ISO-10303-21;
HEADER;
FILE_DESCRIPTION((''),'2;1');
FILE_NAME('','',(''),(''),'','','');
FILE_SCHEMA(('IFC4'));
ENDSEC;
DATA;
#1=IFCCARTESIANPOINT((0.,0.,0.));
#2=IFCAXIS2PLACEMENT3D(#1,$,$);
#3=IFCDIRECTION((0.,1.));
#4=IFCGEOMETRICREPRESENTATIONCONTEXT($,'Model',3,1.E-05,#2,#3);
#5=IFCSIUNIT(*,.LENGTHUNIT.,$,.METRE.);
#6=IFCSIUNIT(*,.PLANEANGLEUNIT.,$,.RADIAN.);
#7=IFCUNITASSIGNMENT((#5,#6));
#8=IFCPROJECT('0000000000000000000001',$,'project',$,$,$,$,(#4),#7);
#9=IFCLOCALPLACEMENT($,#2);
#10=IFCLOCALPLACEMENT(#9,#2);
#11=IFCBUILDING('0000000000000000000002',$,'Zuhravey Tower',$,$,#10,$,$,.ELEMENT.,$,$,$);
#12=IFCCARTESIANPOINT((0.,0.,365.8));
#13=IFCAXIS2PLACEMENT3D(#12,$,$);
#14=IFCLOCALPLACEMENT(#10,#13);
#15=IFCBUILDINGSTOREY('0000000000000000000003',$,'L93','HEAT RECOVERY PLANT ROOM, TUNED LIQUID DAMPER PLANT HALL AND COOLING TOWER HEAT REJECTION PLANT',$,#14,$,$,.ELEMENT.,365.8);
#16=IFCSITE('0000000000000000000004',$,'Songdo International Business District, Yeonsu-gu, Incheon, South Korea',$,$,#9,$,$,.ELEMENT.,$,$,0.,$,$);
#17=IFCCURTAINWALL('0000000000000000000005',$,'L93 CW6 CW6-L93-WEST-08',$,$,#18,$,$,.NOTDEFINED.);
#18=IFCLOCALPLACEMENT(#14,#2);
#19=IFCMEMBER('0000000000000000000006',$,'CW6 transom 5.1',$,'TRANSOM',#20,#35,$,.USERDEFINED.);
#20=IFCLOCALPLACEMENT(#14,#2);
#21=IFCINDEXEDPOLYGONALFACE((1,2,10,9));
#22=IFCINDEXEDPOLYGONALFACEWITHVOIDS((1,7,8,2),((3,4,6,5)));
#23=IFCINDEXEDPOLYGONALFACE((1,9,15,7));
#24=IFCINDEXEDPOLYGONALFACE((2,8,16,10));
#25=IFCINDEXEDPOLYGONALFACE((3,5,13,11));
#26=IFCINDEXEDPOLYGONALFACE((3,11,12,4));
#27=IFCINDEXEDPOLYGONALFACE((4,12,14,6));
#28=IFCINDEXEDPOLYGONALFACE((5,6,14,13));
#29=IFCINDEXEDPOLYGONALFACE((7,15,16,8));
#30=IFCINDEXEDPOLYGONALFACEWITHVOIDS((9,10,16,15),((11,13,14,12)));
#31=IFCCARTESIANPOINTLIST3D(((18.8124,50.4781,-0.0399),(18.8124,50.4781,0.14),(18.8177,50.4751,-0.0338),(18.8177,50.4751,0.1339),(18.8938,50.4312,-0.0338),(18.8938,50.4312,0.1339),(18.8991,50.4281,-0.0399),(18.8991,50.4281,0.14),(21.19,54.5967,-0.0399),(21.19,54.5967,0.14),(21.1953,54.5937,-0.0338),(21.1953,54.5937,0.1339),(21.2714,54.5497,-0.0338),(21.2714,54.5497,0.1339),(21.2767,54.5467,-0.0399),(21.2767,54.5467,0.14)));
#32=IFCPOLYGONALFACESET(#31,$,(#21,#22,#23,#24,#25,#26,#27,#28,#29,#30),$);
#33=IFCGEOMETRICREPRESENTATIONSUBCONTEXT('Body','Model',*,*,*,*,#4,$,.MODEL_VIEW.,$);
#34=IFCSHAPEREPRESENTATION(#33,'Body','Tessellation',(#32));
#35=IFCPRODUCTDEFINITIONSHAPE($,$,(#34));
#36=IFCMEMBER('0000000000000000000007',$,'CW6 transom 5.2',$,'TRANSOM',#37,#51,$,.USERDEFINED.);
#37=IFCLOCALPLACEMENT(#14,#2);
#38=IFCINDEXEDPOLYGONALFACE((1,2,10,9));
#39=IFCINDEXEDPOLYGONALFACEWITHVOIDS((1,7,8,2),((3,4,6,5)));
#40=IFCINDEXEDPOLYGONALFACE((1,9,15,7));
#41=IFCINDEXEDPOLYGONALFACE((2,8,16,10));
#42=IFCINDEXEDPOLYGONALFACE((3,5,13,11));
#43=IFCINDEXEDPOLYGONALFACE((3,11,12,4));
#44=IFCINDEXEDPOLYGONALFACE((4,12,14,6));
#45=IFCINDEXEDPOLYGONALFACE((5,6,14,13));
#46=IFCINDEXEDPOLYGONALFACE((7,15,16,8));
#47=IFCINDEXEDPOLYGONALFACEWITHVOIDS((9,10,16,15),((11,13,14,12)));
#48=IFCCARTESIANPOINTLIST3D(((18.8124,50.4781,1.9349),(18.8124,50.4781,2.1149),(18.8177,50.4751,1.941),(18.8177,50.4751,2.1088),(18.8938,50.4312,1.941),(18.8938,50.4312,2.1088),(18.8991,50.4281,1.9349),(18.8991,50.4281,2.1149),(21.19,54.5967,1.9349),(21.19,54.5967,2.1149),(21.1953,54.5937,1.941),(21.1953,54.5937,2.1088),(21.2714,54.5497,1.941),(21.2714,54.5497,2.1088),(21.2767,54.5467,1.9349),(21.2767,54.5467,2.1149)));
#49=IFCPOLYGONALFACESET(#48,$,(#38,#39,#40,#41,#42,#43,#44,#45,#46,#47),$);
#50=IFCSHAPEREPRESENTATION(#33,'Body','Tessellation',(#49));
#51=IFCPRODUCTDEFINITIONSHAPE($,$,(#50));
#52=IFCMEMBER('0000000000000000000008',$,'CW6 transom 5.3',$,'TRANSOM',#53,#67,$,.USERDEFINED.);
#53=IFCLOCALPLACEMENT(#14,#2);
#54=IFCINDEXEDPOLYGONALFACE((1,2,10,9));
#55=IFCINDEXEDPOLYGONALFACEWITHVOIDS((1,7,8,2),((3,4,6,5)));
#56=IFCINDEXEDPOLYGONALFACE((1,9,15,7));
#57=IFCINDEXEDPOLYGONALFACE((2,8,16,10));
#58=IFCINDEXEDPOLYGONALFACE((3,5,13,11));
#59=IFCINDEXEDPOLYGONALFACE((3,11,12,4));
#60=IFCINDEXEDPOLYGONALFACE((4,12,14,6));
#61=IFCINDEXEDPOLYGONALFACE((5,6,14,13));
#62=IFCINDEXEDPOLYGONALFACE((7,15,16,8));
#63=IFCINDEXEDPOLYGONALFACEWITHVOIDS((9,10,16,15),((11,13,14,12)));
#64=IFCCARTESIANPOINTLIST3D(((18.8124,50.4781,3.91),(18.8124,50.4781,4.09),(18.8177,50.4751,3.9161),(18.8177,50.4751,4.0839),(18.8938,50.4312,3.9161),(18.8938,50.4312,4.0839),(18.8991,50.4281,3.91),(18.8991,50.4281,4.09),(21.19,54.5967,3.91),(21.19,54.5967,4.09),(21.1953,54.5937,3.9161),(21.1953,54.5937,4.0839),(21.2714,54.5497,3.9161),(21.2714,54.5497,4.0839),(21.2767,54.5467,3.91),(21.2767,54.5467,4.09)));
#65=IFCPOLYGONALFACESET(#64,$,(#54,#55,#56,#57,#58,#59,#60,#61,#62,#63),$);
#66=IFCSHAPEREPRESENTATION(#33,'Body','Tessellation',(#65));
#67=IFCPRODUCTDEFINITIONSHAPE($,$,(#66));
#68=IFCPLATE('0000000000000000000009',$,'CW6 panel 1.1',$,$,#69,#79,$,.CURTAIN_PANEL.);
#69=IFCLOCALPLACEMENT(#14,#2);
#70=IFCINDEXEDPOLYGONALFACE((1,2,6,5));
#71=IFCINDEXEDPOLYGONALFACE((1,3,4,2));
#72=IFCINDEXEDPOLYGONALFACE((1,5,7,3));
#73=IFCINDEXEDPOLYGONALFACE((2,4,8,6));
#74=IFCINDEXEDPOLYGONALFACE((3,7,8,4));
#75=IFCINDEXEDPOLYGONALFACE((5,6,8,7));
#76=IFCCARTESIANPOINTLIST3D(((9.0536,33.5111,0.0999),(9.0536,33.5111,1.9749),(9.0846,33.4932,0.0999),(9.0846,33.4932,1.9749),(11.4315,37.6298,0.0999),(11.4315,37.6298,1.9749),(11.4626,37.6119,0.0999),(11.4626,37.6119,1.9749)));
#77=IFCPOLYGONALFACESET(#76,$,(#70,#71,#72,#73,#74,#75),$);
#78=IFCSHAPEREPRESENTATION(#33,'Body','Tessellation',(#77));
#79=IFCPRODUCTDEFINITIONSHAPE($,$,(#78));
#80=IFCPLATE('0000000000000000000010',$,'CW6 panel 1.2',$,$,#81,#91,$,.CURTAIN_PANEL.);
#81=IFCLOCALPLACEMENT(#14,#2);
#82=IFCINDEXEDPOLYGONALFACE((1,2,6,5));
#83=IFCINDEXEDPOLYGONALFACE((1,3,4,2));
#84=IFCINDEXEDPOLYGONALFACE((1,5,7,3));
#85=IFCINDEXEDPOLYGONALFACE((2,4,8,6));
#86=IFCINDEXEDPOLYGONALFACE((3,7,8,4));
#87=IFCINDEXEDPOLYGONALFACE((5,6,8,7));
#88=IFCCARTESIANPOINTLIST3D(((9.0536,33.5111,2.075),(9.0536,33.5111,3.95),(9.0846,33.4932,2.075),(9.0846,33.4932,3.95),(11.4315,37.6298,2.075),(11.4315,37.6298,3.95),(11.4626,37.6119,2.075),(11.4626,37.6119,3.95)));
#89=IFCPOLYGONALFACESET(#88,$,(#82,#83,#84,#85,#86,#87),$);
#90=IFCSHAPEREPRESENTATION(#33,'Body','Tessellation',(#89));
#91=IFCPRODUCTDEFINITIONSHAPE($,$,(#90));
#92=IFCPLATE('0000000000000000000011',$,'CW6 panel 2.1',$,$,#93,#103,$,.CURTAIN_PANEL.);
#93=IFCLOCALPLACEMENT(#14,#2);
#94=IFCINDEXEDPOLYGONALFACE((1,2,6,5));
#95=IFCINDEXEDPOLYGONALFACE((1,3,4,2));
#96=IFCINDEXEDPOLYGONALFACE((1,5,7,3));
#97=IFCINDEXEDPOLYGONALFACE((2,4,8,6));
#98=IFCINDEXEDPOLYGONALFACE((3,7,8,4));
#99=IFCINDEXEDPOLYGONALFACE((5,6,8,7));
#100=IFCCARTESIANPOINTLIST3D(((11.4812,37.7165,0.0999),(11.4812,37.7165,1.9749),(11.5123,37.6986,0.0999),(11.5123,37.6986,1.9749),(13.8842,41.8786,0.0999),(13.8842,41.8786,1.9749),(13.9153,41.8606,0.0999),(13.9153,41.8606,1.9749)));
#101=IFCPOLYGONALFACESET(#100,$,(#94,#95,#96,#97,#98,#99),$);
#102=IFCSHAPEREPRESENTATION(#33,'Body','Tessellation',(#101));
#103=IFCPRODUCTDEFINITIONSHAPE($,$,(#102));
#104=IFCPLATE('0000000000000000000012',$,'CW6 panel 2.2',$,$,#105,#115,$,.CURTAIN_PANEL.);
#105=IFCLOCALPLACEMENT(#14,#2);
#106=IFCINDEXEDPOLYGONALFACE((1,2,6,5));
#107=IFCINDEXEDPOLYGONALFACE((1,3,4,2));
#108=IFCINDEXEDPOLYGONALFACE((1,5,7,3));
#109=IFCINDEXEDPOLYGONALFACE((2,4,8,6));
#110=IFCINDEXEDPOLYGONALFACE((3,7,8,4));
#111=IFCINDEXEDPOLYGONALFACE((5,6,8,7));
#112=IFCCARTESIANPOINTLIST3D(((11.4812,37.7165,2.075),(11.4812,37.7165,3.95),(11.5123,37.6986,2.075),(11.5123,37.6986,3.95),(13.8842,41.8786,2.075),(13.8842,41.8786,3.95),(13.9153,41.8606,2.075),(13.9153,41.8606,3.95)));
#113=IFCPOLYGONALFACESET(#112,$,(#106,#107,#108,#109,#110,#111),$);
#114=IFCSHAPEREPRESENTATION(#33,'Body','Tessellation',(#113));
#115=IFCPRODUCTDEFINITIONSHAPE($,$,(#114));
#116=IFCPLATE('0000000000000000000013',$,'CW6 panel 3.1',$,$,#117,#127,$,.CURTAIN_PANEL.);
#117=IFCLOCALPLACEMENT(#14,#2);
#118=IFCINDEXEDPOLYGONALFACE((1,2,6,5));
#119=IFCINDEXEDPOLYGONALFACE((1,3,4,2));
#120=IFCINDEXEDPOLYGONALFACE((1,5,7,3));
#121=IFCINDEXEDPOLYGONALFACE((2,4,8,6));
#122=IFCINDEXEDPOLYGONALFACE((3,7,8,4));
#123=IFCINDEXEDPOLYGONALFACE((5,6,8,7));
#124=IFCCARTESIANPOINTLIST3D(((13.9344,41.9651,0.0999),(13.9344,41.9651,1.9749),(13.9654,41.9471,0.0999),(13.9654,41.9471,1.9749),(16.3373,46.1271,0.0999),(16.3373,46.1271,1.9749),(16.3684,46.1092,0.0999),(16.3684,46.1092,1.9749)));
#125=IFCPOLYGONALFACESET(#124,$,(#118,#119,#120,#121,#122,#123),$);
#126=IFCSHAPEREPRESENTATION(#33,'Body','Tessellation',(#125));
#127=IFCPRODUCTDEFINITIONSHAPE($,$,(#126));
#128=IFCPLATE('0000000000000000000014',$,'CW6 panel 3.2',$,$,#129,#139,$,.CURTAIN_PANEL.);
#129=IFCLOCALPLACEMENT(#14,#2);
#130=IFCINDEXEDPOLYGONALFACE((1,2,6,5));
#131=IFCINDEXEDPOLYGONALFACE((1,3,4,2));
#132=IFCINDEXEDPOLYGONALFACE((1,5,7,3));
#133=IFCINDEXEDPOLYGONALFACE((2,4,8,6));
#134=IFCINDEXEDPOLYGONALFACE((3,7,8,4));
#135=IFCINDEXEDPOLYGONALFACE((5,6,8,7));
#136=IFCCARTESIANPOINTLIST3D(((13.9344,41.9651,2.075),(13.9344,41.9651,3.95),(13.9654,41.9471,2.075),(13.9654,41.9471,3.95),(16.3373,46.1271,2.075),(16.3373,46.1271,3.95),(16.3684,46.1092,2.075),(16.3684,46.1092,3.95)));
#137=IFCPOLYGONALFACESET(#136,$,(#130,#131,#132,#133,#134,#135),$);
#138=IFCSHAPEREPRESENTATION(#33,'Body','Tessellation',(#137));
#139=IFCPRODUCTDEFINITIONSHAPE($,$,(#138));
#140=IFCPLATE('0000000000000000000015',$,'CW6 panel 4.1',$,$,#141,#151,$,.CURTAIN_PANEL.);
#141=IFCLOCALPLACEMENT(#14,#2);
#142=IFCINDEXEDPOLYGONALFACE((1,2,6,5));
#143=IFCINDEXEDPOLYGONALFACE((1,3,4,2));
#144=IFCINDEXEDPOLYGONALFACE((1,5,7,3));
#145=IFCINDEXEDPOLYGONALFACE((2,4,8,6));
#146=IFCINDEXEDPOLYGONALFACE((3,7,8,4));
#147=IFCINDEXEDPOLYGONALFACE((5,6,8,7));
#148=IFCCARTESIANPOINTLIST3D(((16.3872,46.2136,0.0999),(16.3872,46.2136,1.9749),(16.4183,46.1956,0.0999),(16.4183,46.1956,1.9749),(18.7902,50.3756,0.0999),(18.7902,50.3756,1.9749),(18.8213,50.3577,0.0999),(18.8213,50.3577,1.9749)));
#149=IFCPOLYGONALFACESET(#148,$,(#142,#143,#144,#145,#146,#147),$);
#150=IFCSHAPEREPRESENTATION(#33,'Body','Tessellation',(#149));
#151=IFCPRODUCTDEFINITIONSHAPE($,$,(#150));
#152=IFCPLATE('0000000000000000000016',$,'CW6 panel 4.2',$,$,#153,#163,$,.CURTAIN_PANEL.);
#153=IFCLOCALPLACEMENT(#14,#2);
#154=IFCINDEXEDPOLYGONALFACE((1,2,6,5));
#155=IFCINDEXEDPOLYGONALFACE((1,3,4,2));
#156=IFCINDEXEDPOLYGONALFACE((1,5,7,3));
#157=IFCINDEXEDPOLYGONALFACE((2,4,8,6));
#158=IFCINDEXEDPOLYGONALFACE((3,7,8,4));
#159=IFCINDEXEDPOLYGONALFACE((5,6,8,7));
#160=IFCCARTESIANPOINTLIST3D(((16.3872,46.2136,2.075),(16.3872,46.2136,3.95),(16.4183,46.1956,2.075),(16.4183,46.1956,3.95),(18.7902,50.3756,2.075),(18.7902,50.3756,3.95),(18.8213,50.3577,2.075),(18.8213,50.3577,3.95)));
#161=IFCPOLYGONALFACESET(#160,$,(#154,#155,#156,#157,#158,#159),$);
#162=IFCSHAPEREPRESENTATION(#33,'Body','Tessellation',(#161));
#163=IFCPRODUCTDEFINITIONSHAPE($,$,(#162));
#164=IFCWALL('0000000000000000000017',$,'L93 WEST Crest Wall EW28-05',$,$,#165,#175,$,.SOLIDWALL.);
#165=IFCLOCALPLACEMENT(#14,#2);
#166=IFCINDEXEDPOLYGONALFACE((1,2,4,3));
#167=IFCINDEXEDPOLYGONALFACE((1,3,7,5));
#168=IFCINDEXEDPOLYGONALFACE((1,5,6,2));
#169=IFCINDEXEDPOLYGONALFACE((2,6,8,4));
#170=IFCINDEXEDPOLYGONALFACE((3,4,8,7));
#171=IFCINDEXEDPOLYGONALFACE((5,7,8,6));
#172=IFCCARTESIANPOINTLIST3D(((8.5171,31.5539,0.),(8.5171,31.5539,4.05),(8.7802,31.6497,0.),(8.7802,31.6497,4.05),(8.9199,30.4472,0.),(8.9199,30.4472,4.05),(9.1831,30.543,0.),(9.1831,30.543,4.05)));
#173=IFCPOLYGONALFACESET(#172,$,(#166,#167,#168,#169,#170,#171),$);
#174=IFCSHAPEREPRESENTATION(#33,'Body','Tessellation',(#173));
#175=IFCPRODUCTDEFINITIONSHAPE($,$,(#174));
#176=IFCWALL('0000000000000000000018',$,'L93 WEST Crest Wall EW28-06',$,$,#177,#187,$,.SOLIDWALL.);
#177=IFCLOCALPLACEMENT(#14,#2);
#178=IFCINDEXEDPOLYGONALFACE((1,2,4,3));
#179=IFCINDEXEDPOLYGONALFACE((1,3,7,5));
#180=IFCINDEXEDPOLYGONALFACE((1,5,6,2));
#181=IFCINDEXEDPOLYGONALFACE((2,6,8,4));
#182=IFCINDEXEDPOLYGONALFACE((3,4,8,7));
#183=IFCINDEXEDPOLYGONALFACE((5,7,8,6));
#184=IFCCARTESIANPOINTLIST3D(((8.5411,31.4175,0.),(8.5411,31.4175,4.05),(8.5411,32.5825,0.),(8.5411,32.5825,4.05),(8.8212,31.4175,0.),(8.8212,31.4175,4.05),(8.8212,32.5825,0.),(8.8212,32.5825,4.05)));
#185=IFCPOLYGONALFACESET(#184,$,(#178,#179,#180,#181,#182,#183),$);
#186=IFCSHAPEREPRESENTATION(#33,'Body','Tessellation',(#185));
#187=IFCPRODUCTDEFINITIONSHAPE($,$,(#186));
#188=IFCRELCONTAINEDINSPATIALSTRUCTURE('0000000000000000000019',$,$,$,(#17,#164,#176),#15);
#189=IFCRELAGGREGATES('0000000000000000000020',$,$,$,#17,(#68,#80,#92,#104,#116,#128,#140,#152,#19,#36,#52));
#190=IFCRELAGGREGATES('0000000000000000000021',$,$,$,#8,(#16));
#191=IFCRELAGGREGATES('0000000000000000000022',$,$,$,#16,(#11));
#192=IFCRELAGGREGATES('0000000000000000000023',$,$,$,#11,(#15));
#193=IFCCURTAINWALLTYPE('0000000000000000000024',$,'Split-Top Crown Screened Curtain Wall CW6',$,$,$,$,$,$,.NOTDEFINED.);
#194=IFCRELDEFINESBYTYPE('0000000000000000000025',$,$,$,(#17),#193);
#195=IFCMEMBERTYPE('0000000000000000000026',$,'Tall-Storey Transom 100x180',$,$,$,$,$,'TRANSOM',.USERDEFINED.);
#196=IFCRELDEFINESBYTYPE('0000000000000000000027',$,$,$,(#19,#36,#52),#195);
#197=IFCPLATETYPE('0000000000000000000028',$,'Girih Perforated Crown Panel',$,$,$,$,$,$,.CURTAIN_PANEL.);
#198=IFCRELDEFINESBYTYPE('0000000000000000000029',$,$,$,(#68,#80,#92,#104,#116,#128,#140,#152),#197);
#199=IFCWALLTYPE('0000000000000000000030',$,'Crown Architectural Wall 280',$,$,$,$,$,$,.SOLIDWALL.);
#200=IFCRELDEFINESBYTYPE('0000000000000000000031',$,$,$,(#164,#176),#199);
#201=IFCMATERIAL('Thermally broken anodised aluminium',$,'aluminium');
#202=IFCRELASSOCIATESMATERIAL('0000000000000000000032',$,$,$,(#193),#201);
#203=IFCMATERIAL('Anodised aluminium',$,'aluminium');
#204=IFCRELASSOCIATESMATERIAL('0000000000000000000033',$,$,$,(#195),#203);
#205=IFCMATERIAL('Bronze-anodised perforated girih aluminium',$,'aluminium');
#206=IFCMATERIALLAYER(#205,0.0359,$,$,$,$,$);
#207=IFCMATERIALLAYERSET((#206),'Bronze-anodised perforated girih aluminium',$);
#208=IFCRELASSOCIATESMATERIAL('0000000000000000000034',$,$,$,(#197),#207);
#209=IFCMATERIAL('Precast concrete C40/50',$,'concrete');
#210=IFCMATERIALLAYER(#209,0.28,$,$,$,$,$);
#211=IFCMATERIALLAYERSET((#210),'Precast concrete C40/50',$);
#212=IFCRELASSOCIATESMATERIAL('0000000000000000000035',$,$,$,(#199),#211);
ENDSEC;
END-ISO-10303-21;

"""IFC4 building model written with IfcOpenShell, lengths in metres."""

from ifc_helpers import new_model, si_unit, direction, frame, frame_2d, origin, origin_2d, place, context, subcontext, project, spatial, rectangle, hollow_rectangle, extrude, material, layer, layer_set, material_profile, profile_set, type_object, element, aggregate, save


model = new_model("IFC4")

# Units and contexts
model_context = context("Model", 3, precision=1e-05, world=origin(), true_north=direction((0.0, 1.0)))
body_context = subcontext(model_context, "Body", "Model", "MODEL_VIEW")
ifc_project = project(units=[si_unit("LENGTHUNIT", "METRE"), si_unit("PLANEANGLEUNIT", "RADIAN")], contexts=[model_context])

# Site, building, storey
site_placement = place(None, origin())
site = spatial("IfcSite", under=ifc_project, at=site_placement, Name="Songdo International Business District, Yeonsu-gu, Incheon, South Korea", CompositionType="ELEMENT", RefElevation=0.0)
building_placement = place(site_placement, origin())
building = spatial("IfcBuilding", under=site, at=building_placement, Name="Zuhravey Tower", CompositionType="ELEMENT")
storey_placement = place(building_placement, frame((0.0, 0.0, 365.8)))
storey = spatial("IfcBuildingStorey", under=building, at=storey_placement, Name="L93", Description="HEAT RECOVERY PLANT ROOM, TUNED LIQUID DAMPER PLANT HALL AND COOLING TOWER HEAT REJECTION PLANT", CompositionType="ELEMENT", Elevation=365.8)

# Shared definitions
ifc_material_1 = material(Name="Thermally broken anodised aluminium", Category="aluminium")
curtain_wall_type = type_object("IfcCurtainWallType", Name="Split-Top Crown Screened Curtain Wall CW6", PredefinedType="NOTDEFINED", material=ifc_material_1)
ifc_material_2 = material(Name="Anodised aluminium", Category="aluminium")

# Curtain wall
curtain_wall_1_placement = place(storey_placement, origin())
curtain_wall_1 = element("IfcCurtainWall", 1, at=curtain_wall_1_placement, inside=storey, type_object=curtain_wall_type, Name="L93 CW6 CW6-L93-WEST-08", PredefinedType="NOTDEFINED")

# Members
ifc_material_profile_1 = material_profile(ifc_material_2, hollow_rectangle(XDim=0.1001, YDim=0.1799, WallThickness=0.0061, at=origin_2d()), Name="ALU-RHS-100x180x6")
ifc_profile_set_1 = profile_set([ifc_material_profile_1], Name="Anodised aluminium")
member_type_1 = type_object("IfcMemberType", Name="Tall-Storey Transom 100x180", ElementType="TRANSOM", PredefinedType="USERDEFINED", material=ifc_profile_set_1)
member_1_placement = place(storey_placement, frame((18.8557, 50.4531, 0.05), z_axis=(0.499965, 0.866045, 0.0), x_axis=(-0.866045, 0.499965, 0.0)))
member_1 = element("IfcMember", 2, at=member_1_placement, type_object=member_type_1, Name="CW6 transom 5.1", ObjectType="TRANSOM", PredefinedType="USERDEFINED", context=body_context, shape_type="SweptSolid", body=[
    extrude(hollow_rectangle(XDim=0.1001, YDim=0.1799, WallThickness=0.0061, at=origin_2d()), origin(), (0.0, 0.0, 1.0), 4.7556),
])
member_2_placement = place(storey_placement, frame((18.8557, 50.4531, 2.0249), z_axis=(0.499965, 0.866045, 0.0), x_axis=(-0.866045, 0.499965, 0.0)))
member_2 = element("IfcMember", 3, at=member_2_placement, type_object=member_type_1, Name="CW6 transom 5.2", ObjectType="TRANSOM", PredefinedType="USERDEFINED", context=body_context, shape_type="SweptSolid", body=[
    extrude(hollow_rectangle(XDim=0.1001, YDim=0.1799, WallThickness=0.0061, at=origin_2d()), origin(), (0.0, 0.0, 1.0), 4.7556),
])
member_3_placement = place(storey_placement, frame((18.8557, 50.4531, 4.0), z_axis=(0.499965, 0.866045, 0.0), x_axis=(-0.866045, 0.499965, 0.0)))
member_3 = element("IfcMember", 4, at=member_3_placement, type_object=member_type_1, Name="CW6 transom 5.3", ObjectType="TRANSOM", PredefinedType="USERDEFINED", context=body_context, shape_type="SweptSolid", body=[
    extrude(hollow_rectangle(XDim=0.1001, YDim=0.1799, WallThickness=0.0061, at=origin_2d()), origin(), (0.0, 0.0, 1.0), 4.7556),
])

# Plates
ifc_material_3 = material(Name="Bronze-anodised perforated girih aluminium", Category="aluminium")
ifc_layer_1 = layer(ifc_material_3, 0.0359)
ifc_layer_set_1 = layer_set([ifc_layer_1], Name="Bronze-anodised perforated girih aluminium")
plate_type = type_object("IfcPlateType", Name="Girih Perforated Crown Panel", PredefinedType="CURTAIN_PANEL", material=ifc_layer_set_1)
plate_1_placement = place(storey_placement, frame((10.2581, 35.5615, 0.0999), z_axis=(0.0, 0.0, 1.0), x_axis=(0.499997, 0.866027, 0.0)))
plate_1 = element("IfcPlate", 5, at=plate_1_placement, type_object=plate_type, Name="CW6 panel 1.1", PredefinedType="CURTAIN_PANEL", context=body_context, shape_type="SweptSolid", body=[
    extrude(rectangle(XDim=4.7559, YDim=0.0359, at=origin_2d()), origin(), (0.0, 0.0, 1.0), 1.875),
])
plate_2_placement = place(storey_placement, frame((10.2581, 35.5615, 2.075), z_axis=(0.0, 0.0, 1.0), x_axis=(0.499997, 0.866027, 0.0)))
plate_2 = element("IfcPlate", 6, at=plate_2_placement, type_object=plate_type, Name="CW6 panel 1.2", PredefinedType="CURTAIN_PANEL", context=body_context, shape_type="SweptSolid", body=[
    extrude(rectangle(XDim=4.7559, YDim=0.0359, at=origin_2d()), origin(), (0.0, 0.0, 1.0), 1.875),
])
plate_3_placement = place(storey_placement, frame((12.6982, 39.7886, 0.0999), z_axis=(0.0, 0.0, 1.0), x_axis=(0.499997, 0.866027, 0.0)))
plate_3 = element("IfcPlate", 7, at=plate_3_placement, type_object=plate_type, Name="CW6 panel 2.1", PredefinedType="CURTAIN_PANEL", context=body_context, shape_type="SweptSolid", body=[
    extrude(rectangle(XDim=4.8059, YDim=0.0359, at=origin_2d()), origin(), (0.0, 0.0, 1.0), 1.875),
])
plate_4_placement = place(storey_placement, frame((12.6982, 39.7886, 2.075), z_axis=(0.0, 0.0, 1.0), x_axis=(0.499997, 0.866027, 0.0)))
plate_4 = element("IfcPlate", 8, at=plate_4_placement, type_object=plate_type, Name="CW6 panel 2.2", PredefinedType="CURTAIN_PANEL", context=body_context, shape_type="SweptSolid", body=[
    extrude(rectangle(XDim=4.8059, YDim=0.0359, at=origin_2d()), origin(), (0.0, 0.0, 1.0), 1.875),
])
plate_5_placement = place(storey_placement, frame((15.1514, 44.0371, 0.0999), z_axis=(0.0, 0.0, 1.0), x_axis=(0.499997, 0.866027, 0.0)))
plate_5 = element("IfcPlate", 9, at=plate_5_placement, type_object=plate_type, Name="CW6 panel 3.1", PredefinedType="CURTAIN_PANEL", context=body_context, shape_type="SweptSolid", body=[
    extrude(rectangle(XDim=4.8059, YDim=0.0359, at=origin_2d()), origin(), (0.0, 0.0, 1.0), 1.875),
])
plate_6_placement = place(storey_placement, frame((15.1514, 44.0371, 2.075), z_axis=(0.0, 0.0, 1.0), x_axis=(0.499997, 0.866027, 0.0)))
plate_6 = element("IfcPlate", 10, at=plate_6_placement, type_object=plate_type, Name="CW6 panel 3.2", PredefinedType="CURTAIN_PANEL", context=body_context, shape_type="SweptSolid", body=[
    extrude(rectangle(XDim=4.8059, YDim=0.0359, at=origin_2d()), origin(), (0.0, 0.0, 1.0), 1.875),
])
plate_7_placement = place(storey_placement, frame((17.6042, 48.2856, 0.0999), z_axis=(0.0, 0.0, 1.0), x_axis=(0.499997, 0.866027, 0.0)))
plate_7 = element("IfcPlate", 11, at=plate_7_placement, type_object=plate_type, Name="CW6 panel 4.1", PredefinedType="CURTAIN_PANEL", context=body_context, shape_type="SweptSolid", body=[
    extrude(rectangle(XDim=4.8059, YDim=0.0359, at=origin_2d()), origin(), (0.0, 0.0, 1.0), 1.875),
])
plate_8_placement = place(storey_placement, frame((17.6042, 48.2856, 2.075), z_axis=(0.0, 0.0, 1.0), x_axis=(0.499997, 0.866027, 0.0)))
plate_8 = element("IfcPlate", 12, at=plate_8_placement, type_object=plate_type, Name="CW6 panel 4.2", PredefinedType="CURTAIN_PANEL", context=body_context, shape_type="SweptSolid", body=[
    extrude(rectangle(XDim=4.8059, YDim=0.0359, at=origin_2d()), origin(), (0.0, 0.0, 1.0), 1.875),
])
aggregate(curtain_wall_1, [plate_1, plate_2, plate_3, plate_4, plate_5, plate_6, plate_7, plate_8, member_1, member_2, member_3])

# Walls
ifc_material_4 = material(Name="Precast concrete C40/50", Category="concrete")
ifc_layer_2 = layer(ifc_material_4, 0.28)
ifc_layer_set_2 = layer_set([ifc_layer_2], Name="Precast concrete C40/50")
wall_type = type_object("IfcWallType", Name="Crown Architectural Wall 280", PredefinedType="SOLIDWALL", material=ifc_layer_set_2)
wall_1_placement = place(storey_placement, frame((9.0515, 30.4951, 0.0), z_axis=(0.0, 0.0, 1.0), x_axis=(-0.342043, 0.939684, 0.0)))
element("IfcWall", 13, at=wall_1_placement, inside=storey, type_object=wall_type, Name="L93 WEST Crest Wall EW28-05", PredefinedType="SOLIDWALL", context=body_context, shape_type="SweptSolid", body=[
    extrude(rectangle(XDim=1.1777, YDim=0.28, at=frame_2d((0.5889, 0.0))), origin(), (0.0, 0.0, 1.0), 4.05),
])
wall_2_placement = place(storey_placement, frame((8.6812, 31.4175, 0.0), z_axis=(0.0, 0.0, 1.0), x_axis=(0.0, 1.0, 0.0)))
element("IfcWall", 14, at=wall_2_placement, inside=storey, type_object=wall_type, Name="L93 WEST Crest Wall EW28-06", PredefinedType="SOLIDWALL", context=body_context, shape_type="SweptSolid", body=[
    extrude(rectangle(XDim=1.165, YDim=0.28, at=frame_2d((0.5825, 0.0))), origin(), (0.0, 0.0, 1.0), 4.05),
])

save(model, "model.ifc")
